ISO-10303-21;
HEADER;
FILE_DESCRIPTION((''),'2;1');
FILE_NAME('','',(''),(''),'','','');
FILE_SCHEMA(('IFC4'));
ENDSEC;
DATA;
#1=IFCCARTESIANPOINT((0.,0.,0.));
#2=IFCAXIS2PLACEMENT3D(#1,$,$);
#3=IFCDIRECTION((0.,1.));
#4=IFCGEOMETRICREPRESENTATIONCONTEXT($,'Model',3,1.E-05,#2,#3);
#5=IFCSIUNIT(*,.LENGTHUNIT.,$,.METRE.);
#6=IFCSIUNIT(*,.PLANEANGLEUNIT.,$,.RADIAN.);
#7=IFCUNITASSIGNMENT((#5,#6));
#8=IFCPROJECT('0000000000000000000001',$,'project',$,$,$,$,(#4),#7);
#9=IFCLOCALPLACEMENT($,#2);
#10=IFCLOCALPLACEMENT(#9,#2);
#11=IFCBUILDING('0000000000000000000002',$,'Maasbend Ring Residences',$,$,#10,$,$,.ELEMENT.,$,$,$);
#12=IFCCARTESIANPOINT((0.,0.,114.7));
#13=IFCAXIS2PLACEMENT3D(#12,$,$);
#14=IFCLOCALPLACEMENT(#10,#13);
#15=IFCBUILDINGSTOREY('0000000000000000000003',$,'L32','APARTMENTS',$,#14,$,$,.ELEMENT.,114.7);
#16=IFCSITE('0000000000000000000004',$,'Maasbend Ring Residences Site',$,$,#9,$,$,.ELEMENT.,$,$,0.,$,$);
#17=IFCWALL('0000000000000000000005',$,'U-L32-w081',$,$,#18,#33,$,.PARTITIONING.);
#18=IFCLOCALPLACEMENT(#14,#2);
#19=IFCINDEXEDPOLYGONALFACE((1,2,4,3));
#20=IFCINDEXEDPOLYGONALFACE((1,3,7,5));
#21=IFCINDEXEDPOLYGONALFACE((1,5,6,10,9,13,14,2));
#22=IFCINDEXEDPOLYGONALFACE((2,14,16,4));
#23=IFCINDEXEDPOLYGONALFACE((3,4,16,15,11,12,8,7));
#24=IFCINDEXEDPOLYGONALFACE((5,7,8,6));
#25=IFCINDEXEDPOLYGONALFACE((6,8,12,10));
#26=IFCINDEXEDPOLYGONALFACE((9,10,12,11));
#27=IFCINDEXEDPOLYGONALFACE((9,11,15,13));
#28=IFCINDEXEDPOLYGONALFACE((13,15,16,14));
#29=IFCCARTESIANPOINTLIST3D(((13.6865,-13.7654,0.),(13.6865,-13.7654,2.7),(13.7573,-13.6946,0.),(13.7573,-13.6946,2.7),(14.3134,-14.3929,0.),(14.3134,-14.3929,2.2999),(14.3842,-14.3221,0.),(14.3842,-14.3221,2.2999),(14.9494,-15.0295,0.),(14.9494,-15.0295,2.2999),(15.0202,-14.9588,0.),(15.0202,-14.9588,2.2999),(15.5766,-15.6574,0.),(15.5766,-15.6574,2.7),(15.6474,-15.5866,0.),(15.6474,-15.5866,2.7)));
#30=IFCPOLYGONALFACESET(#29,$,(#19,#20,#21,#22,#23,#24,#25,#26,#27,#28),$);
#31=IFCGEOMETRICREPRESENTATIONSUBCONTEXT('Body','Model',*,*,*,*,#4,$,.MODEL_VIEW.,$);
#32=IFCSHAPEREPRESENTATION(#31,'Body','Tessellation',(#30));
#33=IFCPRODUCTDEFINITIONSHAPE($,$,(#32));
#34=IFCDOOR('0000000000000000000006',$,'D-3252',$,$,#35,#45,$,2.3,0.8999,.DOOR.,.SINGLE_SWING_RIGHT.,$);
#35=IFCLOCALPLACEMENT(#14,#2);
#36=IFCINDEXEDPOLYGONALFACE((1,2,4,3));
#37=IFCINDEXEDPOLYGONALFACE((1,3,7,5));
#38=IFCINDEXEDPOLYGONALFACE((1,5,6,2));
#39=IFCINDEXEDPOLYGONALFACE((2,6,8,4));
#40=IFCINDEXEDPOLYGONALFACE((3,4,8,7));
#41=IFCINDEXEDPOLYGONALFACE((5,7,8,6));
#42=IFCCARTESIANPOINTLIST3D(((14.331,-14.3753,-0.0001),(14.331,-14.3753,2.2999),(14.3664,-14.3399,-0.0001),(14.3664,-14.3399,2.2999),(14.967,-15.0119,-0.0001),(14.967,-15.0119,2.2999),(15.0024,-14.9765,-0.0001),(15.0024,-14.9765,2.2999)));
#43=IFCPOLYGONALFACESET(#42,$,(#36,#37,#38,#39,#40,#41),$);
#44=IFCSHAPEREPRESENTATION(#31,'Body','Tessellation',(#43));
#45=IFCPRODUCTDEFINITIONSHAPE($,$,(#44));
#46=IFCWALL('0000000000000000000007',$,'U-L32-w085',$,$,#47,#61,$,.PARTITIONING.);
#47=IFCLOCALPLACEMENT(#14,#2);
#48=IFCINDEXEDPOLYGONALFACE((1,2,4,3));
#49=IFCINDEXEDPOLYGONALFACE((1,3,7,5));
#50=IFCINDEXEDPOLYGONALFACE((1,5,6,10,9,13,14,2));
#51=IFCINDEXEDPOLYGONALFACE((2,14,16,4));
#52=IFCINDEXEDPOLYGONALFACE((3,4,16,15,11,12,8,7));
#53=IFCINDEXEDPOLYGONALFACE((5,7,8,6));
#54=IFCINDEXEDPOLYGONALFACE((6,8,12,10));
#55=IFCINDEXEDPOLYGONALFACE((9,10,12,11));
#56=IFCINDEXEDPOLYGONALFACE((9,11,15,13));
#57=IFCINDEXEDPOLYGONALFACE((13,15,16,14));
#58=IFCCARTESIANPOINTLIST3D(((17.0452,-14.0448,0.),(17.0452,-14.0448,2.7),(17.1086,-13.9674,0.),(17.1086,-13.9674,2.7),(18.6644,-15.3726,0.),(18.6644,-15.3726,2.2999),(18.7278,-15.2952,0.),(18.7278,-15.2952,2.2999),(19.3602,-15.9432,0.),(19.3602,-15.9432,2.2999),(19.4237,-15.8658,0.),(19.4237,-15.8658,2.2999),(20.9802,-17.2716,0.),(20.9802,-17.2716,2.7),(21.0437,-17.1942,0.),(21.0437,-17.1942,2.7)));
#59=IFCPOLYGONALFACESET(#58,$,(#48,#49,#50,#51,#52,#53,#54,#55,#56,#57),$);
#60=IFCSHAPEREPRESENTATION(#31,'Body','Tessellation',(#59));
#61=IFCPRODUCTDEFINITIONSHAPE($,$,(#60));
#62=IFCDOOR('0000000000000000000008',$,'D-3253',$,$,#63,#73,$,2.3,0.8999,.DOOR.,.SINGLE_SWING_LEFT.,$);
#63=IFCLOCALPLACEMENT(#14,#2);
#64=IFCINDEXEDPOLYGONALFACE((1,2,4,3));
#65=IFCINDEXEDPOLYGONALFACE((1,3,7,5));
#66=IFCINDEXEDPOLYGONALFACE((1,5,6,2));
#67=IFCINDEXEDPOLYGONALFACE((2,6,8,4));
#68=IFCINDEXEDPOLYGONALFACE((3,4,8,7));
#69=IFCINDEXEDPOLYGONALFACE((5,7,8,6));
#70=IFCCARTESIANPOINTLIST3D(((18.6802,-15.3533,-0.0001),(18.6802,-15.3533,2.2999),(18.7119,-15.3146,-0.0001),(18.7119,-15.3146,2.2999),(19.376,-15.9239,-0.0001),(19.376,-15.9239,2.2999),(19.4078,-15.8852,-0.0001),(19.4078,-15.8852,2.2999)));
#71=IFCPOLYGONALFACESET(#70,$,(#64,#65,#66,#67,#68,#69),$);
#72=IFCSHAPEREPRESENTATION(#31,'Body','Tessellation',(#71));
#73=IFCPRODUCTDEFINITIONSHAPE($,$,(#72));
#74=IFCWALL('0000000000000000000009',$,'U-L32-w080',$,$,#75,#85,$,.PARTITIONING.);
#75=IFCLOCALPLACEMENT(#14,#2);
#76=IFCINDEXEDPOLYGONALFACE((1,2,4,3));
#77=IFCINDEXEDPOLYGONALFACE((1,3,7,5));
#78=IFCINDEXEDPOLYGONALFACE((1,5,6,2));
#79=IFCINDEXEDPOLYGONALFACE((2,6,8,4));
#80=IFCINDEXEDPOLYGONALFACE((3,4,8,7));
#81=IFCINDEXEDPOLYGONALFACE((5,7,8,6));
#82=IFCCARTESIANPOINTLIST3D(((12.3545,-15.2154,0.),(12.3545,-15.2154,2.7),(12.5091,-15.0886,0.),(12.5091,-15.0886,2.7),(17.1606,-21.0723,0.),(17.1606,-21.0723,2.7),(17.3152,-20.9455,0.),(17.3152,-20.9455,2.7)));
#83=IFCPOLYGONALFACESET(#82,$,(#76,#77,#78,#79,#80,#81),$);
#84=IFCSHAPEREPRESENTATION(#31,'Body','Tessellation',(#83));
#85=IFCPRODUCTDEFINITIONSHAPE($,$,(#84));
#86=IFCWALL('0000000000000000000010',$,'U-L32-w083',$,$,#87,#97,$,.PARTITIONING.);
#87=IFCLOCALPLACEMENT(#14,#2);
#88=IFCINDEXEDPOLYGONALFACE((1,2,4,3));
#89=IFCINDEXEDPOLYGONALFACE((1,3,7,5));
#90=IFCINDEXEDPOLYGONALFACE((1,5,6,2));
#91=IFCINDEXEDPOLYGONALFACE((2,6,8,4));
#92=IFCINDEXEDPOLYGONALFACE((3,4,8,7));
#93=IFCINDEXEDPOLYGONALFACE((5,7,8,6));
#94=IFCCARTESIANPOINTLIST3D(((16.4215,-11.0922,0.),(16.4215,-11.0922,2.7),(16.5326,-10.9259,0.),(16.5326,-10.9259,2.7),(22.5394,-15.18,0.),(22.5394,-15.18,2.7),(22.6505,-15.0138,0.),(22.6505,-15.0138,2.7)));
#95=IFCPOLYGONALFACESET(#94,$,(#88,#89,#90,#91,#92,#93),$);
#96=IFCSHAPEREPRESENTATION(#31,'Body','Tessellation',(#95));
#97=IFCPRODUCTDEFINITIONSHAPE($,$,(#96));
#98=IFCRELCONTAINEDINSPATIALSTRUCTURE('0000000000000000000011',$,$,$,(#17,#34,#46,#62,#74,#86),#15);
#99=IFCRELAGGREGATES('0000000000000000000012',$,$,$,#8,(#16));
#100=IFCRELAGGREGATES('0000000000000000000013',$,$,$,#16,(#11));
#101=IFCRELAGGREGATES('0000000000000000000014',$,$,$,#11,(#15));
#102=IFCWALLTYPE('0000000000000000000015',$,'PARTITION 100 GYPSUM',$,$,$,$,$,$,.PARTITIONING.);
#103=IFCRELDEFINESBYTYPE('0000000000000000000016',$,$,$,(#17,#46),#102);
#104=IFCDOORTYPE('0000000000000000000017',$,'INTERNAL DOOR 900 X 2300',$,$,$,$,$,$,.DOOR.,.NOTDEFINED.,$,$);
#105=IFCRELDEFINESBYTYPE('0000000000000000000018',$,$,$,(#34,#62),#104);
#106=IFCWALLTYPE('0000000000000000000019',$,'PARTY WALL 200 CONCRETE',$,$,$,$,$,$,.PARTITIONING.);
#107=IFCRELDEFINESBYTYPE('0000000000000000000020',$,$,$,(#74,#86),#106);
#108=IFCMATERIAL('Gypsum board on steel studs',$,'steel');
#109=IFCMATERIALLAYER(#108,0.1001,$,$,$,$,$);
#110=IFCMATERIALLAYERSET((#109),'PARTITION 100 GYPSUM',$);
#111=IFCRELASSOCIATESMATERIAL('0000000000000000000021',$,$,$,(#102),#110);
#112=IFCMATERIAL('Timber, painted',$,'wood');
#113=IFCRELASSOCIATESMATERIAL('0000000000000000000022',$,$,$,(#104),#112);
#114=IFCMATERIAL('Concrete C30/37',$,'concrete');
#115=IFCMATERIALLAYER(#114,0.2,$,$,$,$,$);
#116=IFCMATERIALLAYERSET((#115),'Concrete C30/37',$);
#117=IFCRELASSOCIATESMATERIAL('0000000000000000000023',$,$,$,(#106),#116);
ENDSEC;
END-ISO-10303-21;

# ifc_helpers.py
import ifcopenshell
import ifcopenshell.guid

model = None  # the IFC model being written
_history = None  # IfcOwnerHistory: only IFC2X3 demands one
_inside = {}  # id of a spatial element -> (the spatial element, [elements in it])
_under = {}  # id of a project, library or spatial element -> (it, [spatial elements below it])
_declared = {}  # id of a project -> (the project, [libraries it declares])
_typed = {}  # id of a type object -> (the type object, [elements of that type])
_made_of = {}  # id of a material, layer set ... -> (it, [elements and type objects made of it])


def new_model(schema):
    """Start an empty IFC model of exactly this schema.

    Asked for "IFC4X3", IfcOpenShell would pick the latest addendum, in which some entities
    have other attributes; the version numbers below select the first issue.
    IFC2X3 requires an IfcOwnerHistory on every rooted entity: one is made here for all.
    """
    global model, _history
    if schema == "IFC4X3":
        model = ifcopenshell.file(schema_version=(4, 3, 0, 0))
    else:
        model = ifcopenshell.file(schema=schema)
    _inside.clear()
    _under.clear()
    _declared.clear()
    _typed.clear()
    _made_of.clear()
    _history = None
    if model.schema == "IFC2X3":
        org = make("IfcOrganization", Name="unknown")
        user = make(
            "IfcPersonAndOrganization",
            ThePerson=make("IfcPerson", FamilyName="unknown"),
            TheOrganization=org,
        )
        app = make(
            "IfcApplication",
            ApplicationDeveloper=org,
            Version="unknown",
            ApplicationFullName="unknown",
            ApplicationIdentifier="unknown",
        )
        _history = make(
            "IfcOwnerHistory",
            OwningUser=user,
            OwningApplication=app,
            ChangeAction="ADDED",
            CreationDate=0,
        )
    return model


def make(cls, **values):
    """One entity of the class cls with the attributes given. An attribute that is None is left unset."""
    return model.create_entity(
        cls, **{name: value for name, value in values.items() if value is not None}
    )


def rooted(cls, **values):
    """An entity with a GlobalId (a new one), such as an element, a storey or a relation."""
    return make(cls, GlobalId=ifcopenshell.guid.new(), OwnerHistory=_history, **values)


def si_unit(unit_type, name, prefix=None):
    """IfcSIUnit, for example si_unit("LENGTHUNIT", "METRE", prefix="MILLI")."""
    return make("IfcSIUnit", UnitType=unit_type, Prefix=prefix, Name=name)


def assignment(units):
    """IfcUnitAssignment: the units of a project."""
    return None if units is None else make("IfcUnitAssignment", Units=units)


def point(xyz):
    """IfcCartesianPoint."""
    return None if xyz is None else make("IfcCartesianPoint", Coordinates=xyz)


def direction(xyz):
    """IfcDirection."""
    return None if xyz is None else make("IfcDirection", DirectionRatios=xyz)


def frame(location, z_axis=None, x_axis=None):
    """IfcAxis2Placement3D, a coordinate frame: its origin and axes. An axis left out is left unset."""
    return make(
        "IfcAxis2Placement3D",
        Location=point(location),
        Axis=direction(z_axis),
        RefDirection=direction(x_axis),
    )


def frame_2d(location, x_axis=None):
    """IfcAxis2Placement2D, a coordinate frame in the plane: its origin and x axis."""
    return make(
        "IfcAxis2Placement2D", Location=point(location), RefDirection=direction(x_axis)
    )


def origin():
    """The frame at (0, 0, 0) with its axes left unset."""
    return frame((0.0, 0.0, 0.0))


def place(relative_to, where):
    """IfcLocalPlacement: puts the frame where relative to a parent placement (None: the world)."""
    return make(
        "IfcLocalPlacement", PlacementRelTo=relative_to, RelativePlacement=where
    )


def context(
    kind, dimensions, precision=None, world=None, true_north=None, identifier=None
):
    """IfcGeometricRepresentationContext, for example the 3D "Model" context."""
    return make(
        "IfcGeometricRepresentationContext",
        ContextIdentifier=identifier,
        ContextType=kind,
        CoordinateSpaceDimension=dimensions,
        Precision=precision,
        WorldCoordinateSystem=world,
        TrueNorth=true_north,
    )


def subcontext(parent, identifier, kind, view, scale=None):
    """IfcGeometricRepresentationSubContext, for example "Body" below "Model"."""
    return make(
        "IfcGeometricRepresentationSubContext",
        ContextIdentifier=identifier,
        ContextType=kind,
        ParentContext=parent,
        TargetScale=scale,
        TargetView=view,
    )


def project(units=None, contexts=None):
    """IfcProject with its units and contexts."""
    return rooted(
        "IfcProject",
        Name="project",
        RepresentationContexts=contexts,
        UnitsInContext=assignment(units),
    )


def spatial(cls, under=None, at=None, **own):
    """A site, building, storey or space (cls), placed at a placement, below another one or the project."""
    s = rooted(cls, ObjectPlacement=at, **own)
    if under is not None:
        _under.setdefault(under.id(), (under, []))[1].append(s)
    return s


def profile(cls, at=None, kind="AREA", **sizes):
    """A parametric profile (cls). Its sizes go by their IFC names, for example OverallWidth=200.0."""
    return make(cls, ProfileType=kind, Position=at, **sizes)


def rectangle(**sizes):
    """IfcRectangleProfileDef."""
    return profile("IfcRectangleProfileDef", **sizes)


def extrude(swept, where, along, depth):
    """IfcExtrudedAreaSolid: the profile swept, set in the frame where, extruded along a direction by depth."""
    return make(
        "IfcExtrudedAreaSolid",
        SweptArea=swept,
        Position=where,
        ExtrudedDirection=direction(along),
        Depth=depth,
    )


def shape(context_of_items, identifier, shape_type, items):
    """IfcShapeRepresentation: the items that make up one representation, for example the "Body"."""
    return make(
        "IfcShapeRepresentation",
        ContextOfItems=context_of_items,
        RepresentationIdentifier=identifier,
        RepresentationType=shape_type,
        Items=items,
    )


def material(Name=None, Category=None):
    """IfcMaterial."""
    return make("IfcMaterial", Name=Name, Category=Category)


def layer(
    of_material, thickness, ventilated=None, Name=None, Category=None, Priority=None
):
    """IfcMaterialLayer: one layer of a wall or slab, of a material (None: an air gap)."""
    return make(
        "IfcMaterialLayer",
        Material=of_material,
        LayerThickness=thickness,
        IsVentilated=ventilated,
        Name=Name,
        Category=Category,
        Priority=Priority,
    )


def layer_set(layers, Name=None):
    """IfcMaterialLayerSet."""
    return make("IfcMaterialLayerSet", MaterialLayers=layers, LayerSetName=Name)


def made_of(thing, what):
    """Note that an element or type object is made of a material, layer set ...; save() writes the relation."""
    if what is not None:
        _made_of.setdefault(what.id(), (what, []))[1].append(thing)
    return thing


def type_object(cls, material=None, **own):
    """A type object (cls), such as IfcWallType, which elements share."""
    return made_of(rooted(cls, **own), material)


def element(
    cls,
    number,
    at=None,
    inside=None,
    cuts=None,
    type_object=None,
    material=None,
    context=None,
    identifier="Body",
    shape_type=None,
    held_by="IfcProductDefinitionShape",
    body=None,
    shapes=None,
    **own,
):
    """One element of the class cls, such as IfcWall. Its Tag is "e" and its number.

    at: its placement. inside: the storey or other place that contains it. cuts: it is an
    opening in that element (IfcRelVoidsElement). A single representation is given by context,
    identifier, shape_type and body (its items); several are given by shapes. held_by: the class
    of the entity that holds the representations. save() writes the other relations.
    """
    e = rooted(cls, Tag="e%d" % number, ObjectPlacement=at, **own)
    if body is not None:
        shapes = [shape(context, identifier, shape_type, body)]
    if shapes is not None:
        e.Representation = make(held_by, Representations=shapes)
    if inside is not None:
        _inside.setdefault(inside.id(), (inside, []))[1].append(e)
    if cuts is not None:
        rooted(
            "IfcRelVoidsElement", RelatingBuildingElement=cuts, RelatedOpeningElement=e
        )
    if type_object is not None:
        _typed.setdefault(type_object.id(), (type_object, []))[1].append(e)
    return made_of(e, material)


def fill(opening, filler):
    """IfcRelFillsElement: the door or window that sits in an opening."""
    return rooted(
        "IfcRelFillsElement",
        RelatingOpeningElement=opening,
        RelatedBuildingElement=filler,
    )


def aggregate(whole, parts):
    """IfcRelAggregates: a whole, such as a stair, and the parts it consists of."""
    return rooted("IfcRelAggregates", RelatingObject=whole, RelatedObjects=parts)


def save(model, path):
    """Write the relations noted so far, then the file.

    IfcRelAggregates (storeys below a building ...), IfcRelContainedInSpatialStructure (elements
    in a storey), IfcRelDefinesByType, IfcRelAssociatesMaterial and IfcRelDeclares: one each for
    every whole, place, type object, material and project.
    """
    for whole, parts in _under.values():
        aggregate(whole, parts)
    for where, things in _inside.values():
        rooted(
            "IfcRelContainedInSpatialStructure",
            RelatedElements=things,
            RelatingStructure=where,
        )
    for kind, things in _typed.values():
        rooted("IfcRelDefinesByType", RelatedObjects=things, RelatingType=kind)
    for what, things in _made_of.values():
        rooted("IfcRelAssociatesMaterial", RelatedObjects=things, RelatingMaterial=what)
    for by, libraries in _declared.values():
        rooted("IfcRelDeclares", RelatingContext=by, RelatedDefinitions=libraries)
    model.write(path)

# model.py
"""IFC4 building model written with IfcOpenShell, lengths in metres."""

from ifc_helpers import new_model, si_unit, direction, frame, frame_2d, origin, place, context, subcontext, project, spatial, rectangle, extrude, material, layer, layer_set, type_object, element, fill, save


model = new_model("IFC4")

# Units and contexts
model_context = context("Model", 3, precision=1e-05, world=origin(), true_north=direction((0.0, 1.0)))
body_context = subcontext(model_context, "Body", "Model", "MODEL_VIEW")
ifc_project = project(units=[si_unit("LENGTHUNIT", "METRE"), si_unit("PLANEANGLEUNIT", "RADIAN")], contexts=[model_context])

# Site, building, storey
site_placement = place(None, origin())
site = spatial("IfcSite", under=ifc_project, at=site_placement, Name="Maasbend Ring Residences Site", CompositionType="ELEMENT", RefElevation=0.0)
building_placement = place(site_placement, origin())
building = spatial("IfcBuilding", under=site, at=building_placement, Name="Maasbend Ring Residences", CompositionType="ELEMENT")
storey_placement = place(building_placement, frame((0.0, 0.0, 114.7)))
storey = spatial("IfcBuildingStorey", under=building, at=storey_placement, Name="L32", Description="APARTMENTS", CompositionType="ELEMENT", Elevation=114.7)

# Shared definitions
ifc_material_1 = material(Name="Gypsum board on steel studs", Category="steel")
ifc_layer_1 = layer(ifc_material_1, 0.1001)
ifc_layer_set_1 = layer_set([ifc_layer_1], Name="PARTITION 100 GYPSUM")
wall_type_1 = type_object("IfcWallType", Name="PARTITION 100 GYPSUM", PredefinedType="PARTITIONING", material=ifc_layer_set_1)

# Walls, openings, doors
ifc_material_2 = material(Name="Timber, painted", Category="wood")
door_type_1 = type_object("IfcDoorType", Name="INTERNAL DOOR 900 X 2300", OperationType="NOTDEFINED", PredefinedType="DOOR", material=ifc_material_2)
wall_1_placement = place(storey_placement, frame((13.7219, -13.73, 0.0), z_axis=(0.0, 0.0, 1.0), x_axis=(0.706742, -0.707472, 0.0)))
wall_1 = element("IfcWall", 1, at=wall_1_placement, inside=storey, type_object=wall_type_1, Name="U-L32-w081", PredefinedType="PARTITIONING", context=body_context, shape_type="SweptSolid", body=[
    extrude(rectangle(XDim=2.6743, YDim=0.1001, at=frame_2d((1.3372, 0.0))), origin(), (0.0, 0.0, 1.0), 2.7),
])
opening_1_placement = place(wall_1_placement, frame((0.887, 0.0, 0.0)))
opening_1 = element("IfcOpeningElement", 2, at=opening_1_placement, cuts=wall_1, PredefinedType="OPENING", context=body_context, shape_type="SweptSolid", body=[
    extrude(rectangle(XDim=0.8999, YDim=2.3, at=frame_2d((0.45, 1.1499))), frame((0.0, 0.0601, 0.0), z_axis=(0.0, -1.0, 0.0), x_axis=(1.0, 0.0, 0.0)), (0.0, 0.0, 1.0), 0.1201),
])
door_1_placement = place(opening_1_placement, origin())
door_1 = element("IfcDoor", 3, at=door_1_placement, inside=storey, type_object=door_type_1, Name="D-3252", OperationType="SINGLE_SWING_RIGHT", OverallHeight=2.3, OverallWidth=0.8999, PredefinedType="DOOR", context=body_context, shape_type="SweptSolid", body=[
    extrude(rectangle(XDim=0.8999, YDim=2.3, at=frame_2d((0.45, 1.1499))), frame((0.0, 0.0249, 0.0), z_axis=(0.0, -1.0, 0.0), x_axis=(1.0, 0.0, 0.0)), (0.0, 0.0, 1.0), 0.05),
])
fill(opening_1, door_1)
wall_2_placement = place(storey_placement, frame((17.0769, -14.0061, 0.0), z_axis=(0.0, 0.0, 1.0), x_axis=(0.773262, -0.634086, 0.0)))
wall_2 = element("IfcWall", 4, at=wall_2_placement, inside=storey, type_object=wall_type_1, Name="U-L32-w085", PredefinedType="PARTITIONING", context=body_context, shape_type="SweptSolid", body=[
    extrude(rectangle(XDim=5.0889, YDim=0.1001, at=frame_2d((2.5444, 0.0))), origin(), (0.0, 0.0, 1.0), 2.7),
])
opening_2_placement = place(wall_2_placement, frame((2.094, 0.0, 0.0)))
opening_2 = element("IfcOpeningElement", 5, at=opening_2_placement, cuts=wall_2, PredefinedType="OPENING", context=body_context, shape_type="SweptSolid", body=[
    extrude(rectangle(XDim=0.8999, YDim=2.3, at=frame_2d((0.45, 1.1499))), frame((0.0, 0.0601, 0.0), z_axis=(0.0, -1.0, 0.0), x_axis=(1.0, 0.0, 0.0)), (0.0, 0.0, 1.0), 0.1201),
])
door_2_placement = place(opening_2_placement, origin())
door_2 = element("IfcDoor", 6, at=door_2_placement, inside=storey, type_object=door_type_1, Name="D-3253", OperationType="SINGLE_SWING_LEFT", OverallHeight=2.3, OverallWidth=0.8999, PredefinedType="DOOR", context=body_context, shape_type="SweptSolid", body=[
    extrude(rectangle(XDim=0.8999, YDim=2.3, at=frame_2d((0.45, 1.1499))), frame((0.0, 0.0249, 0.0), z_axis=(0.0, -1.0, 0.0), x_axis=(1.0, 0.0, 0.0)), (0.0, 0.0, 1.0), 0.05),
])
fill(opening_2, door_2)

# Walls
ifc_material_3 = material(Name="Concrete C30/37", Category="concrete")
ifc_layer_2 = layer(ifc_material_3, 0.2)
ifc_layer_set_2 = layer_set([ifc_layer_2], Name="Concrete C30/37")
wall_type_2 = type_object("IfcWallType", Name="PARTY WALL 200 CONCRETE", PredefinedType="PARTITIONING", material=ifc_layer_set_2)
wall_3_placement = place(storey_placement, frame((12.4319, -15.1521, 0.0), z_axis=(0.0, 0.0, 1.0), x_axis=(0.634353, -0.773043, 0.0)))
element("IfcWall", 7, at=wall_3_placement, inside=storey, type_object=wall_type_2, Name="U-L32-w080", PredefinedType="PARTITIONING", context=body_context, shape_type="SweptSolid", body=[
    extrude(rectangle(XDim=7.5764, YDim=0.2, at=frame_2d((3.7881, 0.0))), origin(), (0.0, 0.0, 1.0), 2.7),
])
wall_4_placement = place(storey_placement, frame((16.4771, -11.009, 0.0), z_axis=(0.0, 0.0, 1.0), x_axis=(0.831468, -0.555573, 0.0)))
element("IfcWall", 8, at=wall_4_placement, inside=storey, type_object=wall_type_2, Name="U-L32-w083", PredefinedType="PARTITIONING", context=body_context, shape_type="SweptSolid", body=[
    extrude(rectangle(XDim=7.3579, YDim=0.2, at=frame_2d((3.679, 0.0))), origin(), (0.0, 0.0, 1.0), 2.7),
])

save(model, "model.ifc")
